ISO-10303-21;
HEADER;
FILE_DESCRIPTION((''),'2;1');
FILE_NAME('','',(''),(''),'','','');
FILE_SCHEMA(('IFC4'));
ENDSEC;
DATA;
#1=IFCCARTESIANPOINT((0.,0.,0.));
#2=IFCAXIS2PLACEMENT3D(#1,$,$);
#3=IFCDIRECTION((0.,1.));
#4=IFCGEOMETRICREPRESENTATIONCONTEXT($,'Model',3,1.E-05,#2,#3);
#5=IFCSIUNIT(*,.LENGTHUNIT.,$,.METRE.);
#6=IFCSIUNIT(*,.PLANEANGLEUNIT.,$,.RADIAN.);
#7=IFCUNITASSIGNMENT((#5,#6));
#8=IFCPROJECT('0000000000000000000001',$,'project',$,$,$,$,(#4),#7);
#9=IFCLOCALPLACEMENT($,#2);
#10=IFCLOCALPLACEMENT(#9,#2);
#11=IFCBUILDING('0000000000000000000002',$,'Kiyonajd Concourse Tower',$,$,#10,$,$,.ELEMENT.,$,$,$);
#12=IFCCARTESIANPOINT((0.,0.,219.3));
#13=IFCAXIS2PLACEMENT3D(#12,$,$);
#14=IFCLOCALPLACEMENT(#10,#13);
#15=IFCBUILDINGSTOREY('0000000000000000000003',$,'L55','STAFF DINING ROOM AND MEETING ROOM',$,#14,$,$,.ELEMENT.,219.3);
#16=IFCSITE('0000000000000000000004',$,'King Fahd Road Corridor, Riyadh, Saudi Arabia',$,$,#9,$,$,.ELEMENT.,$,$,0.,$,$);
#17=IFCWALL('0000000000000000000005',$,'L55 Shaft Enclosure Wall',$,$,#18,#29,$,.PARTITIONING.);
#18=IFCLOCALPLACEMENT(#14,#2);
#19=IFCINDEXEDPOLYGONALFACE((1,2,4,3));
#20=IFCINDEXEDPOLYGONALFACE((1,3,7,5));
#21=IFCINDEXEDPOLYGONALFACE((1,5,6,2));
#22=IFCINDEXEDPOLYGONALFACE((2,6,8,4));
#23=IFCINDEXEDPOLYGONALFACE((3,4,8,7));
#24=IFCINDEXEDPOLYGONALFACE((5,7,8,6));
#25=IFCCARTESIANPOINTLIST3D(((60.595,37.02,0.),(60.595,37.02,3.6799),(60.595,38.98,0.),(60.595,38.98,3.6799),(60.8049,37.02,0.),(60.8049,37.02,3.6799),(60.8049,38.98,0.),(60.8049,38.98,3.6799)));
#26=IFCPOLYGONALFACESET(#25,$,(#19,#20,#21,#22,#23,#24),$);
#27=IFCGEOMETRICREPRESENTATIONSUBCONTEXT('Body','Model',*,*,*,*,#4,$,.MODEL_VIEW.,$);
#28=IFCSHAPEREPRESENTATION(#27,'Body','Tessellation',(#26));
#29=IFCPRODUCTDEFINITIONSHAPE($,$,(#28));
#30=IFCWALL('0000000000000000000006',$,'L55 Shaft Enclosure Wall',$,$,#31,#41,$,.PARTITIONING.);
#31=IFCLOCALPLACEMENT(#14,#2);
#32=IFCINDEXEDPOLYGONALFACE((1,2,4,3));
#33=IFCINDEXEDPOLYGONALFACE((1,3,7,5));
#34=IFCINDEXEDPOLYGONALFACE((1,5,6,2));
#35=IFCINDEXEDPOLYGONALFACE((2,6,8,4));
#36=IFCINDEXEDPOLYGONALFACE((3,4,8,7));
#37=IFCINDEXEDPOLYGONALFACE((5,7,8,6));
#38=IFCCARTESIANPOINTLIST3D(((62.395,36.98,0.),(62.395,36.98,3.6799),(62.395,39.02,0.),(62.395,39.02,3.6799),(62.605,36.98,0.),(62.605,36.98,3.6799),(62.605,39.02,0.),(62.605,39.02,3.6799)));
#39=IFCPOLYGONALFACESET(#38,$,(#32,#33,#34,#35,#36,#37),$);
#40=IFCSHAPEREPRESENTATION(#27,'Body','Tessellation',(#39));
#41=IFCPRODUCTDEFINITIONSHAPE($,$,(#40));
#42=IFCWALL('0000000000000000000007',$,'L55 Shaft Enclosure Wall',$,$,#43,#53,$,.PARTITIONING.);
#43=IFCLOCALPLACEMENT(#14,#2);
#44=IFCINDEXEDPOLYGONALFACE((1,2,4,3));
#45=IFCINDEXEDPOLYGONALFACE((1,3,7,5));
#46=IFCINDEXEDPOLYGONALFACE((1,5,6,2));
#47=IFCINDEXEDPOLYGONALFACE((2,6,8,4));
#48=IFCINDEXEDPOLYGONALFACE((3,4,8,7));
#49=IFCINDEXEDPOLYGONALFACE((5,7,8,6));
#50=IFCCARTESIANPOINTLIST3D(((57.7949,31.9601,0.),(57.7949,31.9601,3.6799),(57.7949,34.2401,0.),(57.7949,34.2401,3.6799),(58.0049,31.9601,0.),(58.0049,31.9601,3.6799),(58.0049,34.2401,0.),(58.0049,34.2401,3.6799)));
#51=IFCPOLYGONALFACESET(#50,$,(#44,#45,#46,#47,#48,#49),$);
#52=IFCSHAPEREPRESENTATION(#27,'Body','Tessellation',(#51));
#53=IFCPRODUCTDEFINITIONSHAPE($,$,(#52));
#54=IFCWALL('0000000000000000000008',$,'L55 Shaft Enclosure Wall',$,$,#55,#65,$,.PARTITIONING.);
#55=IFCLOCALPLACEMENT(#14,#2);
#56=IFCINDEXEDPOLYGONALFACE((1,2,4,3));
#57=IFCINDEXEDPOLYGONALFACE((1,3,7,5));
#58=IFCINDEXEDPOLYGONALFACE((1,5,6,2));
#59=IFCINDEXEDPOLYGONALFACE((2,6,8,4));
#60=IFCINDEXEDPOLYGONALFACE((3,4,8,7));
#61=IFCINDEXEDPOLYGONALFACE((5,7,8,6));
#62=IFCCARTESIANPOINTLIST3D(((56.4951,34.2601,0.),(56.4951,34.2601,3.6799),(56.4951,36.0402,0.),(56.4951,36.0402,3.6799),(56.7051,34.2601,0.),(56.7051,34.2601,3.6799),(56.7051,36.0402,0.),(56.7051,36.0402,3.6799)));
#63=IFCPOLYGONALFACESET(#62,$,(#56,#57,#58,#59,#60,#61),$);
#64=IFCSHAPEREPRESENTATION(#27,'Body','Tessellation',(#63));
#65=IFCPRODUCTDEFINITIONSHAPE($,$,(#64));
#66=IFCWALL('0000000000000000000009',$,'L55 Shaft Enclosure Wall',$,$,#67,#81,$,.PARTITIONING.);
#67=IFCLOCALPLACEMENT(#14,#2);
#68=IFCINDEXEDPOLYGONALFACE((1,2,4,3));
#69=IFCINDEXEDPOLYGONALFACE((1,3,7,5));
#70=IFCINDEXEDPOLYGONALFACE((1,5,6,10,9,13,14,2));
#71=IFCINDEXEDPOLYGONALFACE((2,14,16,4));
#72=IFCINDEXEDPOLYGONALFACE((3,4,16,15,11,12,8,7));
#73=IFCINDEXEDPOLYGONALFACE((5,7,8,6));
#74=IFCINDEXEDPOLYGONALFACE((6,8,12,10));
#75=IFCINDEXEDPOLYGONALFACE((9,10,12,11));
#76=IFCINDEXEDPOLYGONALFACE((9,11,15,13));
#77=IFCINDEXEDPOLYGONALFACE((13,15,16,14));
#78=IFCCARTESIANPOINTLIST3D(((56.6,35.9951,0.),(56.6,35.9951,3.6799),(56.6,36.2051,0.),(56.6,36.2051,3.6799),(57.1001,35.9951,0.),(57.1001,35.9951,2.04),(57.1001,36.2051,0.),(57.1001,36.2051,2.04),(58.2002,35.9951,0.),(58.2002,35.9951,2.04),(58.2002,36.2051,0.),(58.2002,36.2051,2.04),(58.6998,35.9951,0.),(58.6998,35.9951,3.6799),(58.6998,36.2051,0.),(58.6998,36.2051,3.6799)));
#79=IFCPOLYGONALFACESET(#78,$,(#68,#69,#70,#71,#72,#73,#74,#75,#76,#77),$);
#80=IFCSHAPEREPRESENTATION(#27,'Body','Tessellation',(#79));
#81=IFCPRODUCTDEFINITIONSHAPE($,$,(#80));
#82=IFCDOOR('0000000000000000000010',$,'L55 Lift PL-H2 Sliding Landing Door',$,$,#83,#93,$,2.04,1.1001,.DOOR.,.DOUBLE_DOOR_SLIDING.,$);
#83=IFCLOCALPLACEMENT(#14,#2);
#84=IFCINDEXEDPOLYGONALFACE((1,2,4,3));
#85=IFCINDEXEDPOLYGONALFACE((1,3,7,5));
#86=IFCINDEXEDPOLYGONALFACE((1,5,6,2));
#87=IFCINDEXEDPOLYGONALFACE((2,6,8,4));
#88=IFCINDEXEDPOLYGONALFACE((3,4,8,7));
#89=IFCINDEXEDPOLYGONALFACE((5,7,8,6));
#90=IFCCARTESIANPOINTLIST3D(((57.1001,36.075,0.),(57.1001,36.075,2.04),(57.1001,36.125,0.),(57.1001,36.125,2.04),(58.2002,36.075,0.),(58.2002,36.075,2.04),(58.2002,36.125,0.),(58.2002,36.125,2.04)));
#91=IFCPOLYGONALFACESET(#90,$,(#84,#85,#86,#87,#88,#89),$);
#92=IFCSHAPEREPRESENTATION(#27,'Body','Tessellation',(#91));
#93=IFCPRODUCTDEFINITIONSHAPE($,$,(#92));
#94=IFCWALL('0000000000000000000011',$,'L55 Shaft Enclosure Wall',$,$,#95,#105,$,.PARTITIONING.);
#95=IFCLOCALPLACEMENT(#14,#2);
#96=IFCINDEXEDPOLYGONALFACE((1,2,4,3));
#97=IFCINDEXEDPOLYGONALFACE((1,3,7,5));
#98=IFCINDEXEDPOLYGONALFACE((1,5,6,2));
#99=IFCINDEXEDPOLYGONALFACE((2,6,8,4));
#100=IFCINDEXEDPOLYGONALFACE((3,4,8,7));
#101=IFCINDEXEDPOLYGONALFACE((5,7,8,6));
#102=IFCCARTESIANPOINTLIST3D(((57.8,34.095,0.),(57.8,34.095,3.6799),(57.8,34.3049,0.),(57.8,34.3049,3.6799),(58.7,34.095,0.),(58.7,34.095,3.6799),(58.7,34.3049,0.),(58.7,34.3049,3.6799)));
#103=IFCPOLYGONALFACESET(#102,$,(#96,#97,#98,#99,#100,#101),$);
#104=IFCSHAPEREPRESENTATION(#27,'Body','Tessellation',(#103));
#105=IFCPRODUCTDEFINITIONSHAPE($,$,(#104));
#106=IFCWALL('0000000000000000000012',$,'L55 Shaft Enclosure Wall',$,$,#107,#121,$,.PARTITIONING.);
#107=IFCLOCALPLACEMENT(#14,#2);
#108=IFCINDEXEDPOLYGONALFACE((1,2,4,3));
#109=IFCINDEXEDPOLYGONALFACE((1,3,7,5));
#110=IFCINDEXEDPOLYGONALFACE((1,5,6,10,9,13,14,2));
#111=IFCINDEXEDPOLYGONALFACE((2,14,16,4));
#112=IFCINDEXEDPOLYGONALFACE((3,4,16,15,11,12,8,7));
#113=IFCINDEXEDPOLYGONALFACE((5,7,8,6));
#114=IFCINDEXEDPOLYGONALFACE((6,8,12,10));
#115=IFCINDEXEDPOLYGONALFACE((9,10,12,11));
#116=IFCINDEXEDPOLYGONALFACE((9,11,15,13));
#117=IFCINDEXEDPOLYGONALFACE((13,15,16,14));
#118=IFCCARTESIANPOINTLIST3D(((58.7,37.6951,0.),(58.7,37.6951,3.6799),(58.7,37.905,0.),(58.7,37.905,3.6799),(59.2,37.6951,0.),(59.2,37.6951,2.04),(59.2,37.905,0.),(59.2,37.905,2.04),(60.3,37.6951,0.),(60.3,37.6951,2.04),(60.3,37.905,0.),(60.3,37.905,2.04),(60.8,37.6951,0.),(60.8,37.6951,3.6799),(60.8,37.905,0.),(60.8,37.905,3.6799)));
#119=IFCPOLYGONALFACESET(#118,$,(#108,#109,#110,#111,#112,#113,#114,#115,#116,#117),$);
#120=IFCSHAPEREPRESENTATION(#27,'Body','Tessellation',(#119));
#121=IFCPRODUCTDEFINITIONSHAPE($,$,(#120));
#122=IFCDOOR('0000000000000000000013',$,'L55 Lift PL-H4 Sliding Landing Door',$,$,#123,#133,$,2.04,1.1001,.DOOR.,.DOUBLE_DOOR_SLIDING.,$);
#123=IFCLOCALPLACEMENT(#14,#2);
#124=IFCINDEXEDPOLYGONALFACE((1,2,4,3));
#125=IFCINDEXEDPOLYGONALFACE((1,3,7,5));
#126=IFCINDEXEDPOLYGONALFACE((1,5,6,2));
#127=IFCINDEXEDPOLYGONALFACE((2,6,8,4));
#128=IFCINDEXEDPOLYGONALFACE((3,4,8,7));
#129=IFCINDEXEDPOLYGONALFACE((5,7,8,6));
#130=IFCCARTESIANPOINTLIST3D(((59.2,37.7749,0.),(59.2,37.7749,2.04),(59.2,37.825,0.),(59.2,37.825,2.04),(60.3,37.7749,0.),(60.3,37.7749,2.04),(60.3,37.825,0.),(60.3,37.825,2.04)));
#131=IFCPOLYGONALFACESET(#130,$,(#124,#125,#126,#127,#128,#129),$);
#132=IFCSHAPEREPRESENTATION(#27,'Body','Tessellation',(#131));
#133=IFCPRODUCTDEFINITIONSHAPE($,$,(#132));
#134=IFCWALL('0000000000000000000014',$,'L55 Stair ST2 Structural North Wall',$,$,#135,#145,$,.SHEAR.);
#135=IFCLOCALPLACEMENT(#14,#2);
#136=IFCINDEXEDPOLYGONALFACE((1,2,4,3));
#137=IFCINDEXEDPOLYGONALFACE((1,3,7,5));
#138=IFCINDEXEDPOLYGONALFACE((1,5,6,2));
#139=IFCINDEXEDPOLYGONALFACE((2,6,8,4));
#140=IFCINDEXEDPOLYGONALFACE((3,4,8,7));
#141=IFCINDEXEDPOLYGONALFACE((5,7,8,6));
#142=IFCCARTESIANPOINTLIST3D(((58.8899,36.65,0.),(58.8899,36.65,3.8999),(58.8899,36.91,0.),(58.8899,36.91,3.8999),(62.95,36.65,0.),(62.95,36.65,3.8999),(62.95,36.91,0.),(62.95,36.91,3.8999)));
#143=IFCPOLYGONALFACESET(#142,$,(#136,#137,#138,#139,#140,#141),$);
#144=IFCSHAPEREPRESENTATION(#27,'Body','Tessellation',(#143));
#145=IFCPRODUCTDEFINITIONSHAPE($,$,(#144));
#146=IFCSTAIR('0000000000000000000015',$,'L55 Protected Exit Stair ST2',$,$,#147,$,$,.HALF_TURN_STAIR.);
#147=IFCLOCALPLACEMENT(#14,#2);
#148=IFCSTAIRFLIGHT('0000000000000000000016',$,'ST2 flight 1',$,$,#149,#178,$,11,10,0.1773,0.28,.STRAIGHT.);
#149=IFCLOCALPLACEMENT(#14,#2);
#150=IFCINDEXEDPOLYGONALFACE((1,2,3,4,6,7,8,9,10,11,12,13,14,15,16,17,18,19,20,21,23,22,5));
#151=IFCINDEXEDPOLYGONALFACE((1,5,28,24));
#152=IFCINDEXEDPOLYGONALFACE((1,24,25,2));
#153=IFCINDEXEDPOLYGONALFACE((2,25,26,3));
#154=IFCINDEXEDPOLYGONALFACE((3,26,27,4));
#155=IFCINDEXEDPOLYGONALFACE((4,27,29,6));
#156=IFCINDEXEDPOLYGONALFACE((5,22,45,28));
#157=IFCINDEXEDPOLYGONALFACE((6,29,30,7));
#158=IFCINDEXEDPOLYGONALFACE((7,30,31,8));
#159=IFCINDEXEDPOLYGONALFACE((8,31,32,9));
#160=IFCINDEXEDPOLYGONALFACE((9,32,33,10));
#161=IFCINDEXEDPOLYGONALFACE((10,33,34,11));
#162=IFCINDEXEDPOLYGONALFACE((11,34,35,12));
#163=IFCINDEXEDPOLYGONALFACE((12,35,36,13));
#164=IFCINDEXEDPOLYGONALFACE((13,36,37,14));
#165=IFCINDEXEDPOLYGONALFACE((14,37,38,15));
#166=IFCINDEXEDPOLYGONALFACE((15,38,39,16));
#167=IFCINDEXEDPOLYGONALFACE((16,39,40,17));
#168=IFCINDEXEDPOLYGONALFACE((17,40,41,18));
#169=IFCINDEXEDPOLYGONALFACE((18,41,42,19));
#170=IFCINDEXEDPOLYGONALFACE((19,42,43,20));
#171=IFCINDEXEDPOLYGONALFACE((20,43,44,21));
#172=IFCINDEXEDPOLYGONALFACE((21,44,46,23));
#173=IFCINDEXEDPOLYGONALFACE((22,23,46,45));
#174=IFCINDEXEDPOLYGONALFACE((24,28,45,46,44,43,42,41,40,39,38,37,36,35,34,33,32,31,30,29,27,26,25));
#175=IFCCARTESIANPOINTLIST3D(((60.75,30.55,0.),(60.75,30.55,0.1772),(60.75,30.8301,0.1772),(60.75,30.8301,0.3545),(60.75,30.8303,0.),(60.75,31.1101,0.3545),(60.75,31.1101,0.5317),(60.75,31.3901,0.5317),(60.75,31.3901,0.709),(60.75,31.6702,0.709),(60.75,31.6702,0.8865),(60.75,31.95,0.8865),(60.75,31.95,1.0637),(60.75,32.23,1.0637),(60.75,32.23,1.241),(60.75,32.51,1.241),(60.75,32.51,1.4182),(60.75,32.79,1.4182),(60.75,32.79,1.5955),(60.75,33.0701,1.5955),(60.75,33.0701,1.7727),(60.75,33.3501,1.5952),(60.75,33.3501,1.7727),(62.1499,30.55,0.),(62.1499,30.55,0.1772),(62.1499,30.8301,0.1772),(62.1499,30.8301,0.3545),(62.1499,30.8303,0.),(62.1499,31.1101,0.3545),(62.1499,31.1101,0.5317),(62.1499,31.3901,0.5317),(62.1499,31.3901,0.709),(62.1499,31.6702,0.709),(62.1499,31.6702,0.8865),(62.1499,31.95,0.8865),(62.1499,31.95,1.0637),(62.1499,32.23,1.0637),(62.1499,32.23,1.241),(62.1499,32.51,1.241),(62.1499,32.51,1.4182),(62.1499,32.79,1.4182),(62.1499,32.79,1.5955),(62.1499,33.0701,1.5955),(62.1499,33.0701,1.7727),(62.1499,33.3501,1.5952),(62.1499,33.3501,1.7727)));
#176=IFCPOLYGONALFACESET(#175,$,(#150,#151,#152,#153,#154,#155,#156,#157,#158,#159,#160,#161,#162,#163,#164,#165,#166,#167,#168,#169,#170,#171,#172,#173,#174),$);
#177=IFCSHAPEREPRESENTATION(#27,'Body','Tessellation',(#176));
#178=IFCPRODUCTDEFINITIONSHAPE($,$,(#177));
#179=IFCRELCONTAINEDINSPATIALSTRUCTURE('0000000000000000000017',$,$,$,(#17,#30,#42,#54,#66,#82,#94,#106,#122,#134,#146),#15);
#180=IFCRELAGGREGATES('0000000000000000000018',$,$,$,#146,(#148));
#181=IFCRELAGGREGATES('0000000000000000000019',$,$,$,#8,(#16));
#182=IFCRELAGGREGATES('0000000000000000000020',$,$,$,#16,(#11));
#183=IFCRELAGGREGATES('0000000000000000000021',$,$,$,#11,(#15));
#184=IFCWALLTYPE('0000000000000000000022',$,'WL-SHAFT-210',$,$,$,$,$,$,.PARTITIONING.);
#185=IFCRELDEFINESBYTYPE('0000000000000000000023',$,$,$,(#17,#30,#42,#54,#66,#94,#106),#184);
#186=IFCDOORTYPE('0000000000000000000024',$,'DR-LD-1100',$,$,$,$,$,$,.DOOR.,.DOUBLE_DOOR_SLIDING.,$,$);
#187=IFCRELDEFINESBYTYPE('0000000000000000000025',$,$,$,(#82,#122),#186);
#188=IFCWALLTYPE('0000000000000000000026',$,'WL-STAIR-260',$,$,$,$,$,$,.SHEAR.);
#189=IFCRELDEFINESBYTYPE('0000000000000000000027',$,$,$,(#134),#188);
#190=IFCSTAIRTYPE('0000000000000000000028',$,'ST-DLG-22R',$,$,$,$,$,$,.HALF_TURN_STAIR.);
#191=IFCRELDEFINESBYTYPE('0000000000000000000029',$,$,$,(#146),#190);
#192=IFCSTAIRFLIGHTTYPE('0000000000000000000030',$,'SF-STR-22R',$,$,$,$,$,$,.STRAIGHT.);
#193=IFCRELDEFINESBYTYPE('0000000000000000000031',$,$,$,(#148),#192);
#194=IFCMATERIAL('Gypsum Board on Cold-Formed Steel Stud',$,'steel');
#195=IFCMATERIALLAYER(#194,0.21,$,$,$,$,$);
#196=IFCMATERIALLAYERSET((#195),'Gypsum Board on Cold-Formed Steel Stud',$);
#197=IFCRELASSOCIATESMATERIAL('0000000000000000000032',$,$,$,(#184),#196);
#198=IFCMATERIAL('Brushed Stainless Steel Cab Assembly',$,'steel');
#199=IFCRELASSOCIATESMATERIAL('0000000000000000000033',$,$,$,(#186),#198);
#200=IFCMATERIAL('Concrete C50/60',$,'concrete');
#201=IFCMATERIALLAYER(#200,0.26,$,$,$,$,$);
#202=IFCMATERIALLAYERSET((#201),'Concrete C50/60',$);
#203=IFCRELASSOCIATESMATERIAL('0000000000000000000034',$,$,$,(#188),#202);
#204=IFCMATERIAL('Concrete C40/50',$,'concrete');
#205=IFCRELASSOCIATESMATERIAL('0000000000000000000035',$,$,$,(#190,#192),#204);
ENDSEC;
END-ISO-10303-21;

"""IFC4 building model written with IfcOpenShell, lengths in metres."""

from ifc_helpers import new_model, si_unit, direction, frame, frame_2d, origin, place, context, subcontext, project, spatial, polyline, rectangle, outline, extrude, material, layer, layer_set, type_object, element, fill, aggregate, save


model = new_model("IFC4")

# Units and contexts
model_context = context("Model", 3, precision=1e-05, world=origin(), true_north=direction((0.0, 1.0)))
body_context = subcontext(model_context, "Body", "Model", "MODEL_VIEW")
ifc_project = project(units=[si_unit("LENGTHUNIT", "METRE"), si_unit("PLANEANGLEUNIT", "RADIAN")], contexts=[model_context])

# Site, building, storey
site_placement = place(None, origin())
site = spatial("IfcSite", under=ifc_project, at=site_placement, Name="King Fahd Road Corridor, Riyadh, Saudi Arabia", CompositionType="ELEMENT", RefElevation=0.0)
building_placement = place(site_placement, origin())
building = spatial("IfcBuilding", under=site, at=building_placement, Name="Kiyonajd Concourse Tower", CompositionType="ELEMENT")
storey_placement = place(building_placement, frame((0.0, 0.0, 219.3)))
storey = spatial("IfcBuildingStorey", under=building, at=storey_placement, Name="L55", Description="STAFF DINING ROOM AND MEETING ROOM", CompositionType="ELEMENT", Elevation=219.3)

# Shared definitions
ifc_material_1 = material(Name="Gypsum Board on Cold-Formed Steel Stud", Category="steel")

# Walls
ifc_layer_1 = layer(ifc_material_1, 0.21)
ifc_layer_set_1 = layer_set([ifc_layer_1], Name="Gypsum Board on Cold-Formed Steel Stud")
wall_type_1 = type_object("IfcWallType", Name="WL-SHAFT-210", PredefinedType="PARTITIONING", material=ifc_layer_set_1)
wall_1_placement = place(storey_placement, frame((60.7, 37.02, 0.0), z_axis=(0.0, 0.0, 1.0), x_axis=(0.0, 1.0, 0.0)))
element("IfcWall", 1, at=wall_1_placement, inside=storey, type_object=wall_type_1, Name="L55 Shaft Enclosure Wall", PredefinedType="PARTITIONING", context=body_context, shape_type="SweptSolid", body=[
    extrude(rectangle(XDim=1.96, YDim=0.21, at=frame_2d((0.98, 0.0))), origin(), (0.0, 0.0, 1.0), 3.6799),
])
wall_2_placement = place(storey_placement, frame((62.5, 36.98, 0.0), z_axis=(0.0, 0.0, 1.0), x_axis=(0.0, 1.0, 0.0)))
element("IfcWall", 2, at=wall_2_placement, inside=storey, type_object=wall_type_1, Name="L55 Shaft Enclosure Wall", PredefinedType="PARTITIONING", context=body_context, shape_type="SweptSolid", body=[
    extrude(rectangle(XDim=2.04, YDim=0.21, at=frame_2d((1.02, 0.0))), origin(), (0.0, 0.0, 1.0), 3.6799),
])
wall_3_placement = place(storey_placement, frame((57.8999, 31.96, 0.0), z_axis=(0.0, 0.0, 1.0), x_axis=(0.0, 1.0, 0.0)))
element("IfcWall", 3, at=wall_3_placement, inside=storey, type_object=wall_type_1, Name="L55 Shaft Enclosure Wall", PredefinedType="PARTITIONING", context=body_context, shape_type="SweptSolid", body=[
    extrude(rectangle(XDim=2.28, YDim=0.21, at=frame_2d((1.1401, 0.0))), origin(), (0.0, 0.0, 1.0), 3.6799),
])
wall_4_placement = place(storey_placement, frame((56.6001, 34.26, 0.0), z_axis=(0.0, 0.0, 1.0), x_axis=(0.0, 1.0, 0.0)))
element("IfcWall", 4, at=wall_4_placement, inside=storey, type_object=wall_type_1, Name="L55 Shaft Enclosure Wall", PredefinedType="PARTITIONING", context=body_context, shape_type="SweptSolid", body=[
    extrude(rectangle(XDim=1.78, YDim=0.21, at=frame_2d((0.8901, 0.0))), origin(), (0.0, 0.0, 1.0), 3.6799),
])

# Wall, opening, door
wall_5_placement = place(storey_placement, frame((56.6001, 36.1001, 0.0), z_axis=(0.0, 0.0, 1.0), x_axis=(1.0, 0.0, 0.0)))
wall_5 = element("IfcWall", 5, at=wall_5_placement, inside=storey, type_object=wall_type_1, Name="L55 Shaft Enclosure Wall", PredefinedType="PARTITIONING", context=body_context, shape_type="SweptSolid", body=[
    extrude(rectangle(XDim=2.0999, YDim=0.21, at=frame_2d((1.0498, 0.0))), origin(), (0.0, 0.0, 1.0), 3.6799),
])
opening_1_placement = place(wall_5_placement, frame((0.5, 0.0, 0.0)))
opening_1 = element("IfcOpeningElement", 6, at=opening_1_placement, cuts=wall_5, PredefinedType="OPENING", context=body_context, shape_type="SweptSolid", body=[
    extrude(rectangle(XDim=1.1001, YDim=2.04, at=frame_2d((0.55, 1.02))), frame((0.0, 0.115, 0.0), z_axis=(0.0, -1.0, 0.0), x_axis=(1.0, 0.0, 0.0)), (0.0, 0.0, 1.0), 0.23),
])
ifc_material_2 = material(Name="Brushed Stainless Steel Cab Assembly", Category="steel")
door_type_1 = type_object("IfcDoorType", Name="DR-LD-1100", OperationType="DOUBLE_DOOR_SLIDING", PredefinedType="DOOR", material=ifc_material_2)
door_1_placement = place(opening_1_placement, origin())
door_1 = element("IfcDoor", 7, at=door_1_placement, inside=storey, type_object=door_type_1, Name="L55 Lift PL-H2 Sliding Landing Door", OperationType="DOUBLE_DOOR_SLIDING", OverallHeight=2.04, OverallWidth=1.1001, PredefinedType="DOOR", context=body_context, shape_type="SweptSolid", body=[
    extrude(rectangle(XDim=1.1001, YDim=2.04, at=frame_2d((0.55, 1.02))), frame((0.0, 0.0249, 0.0), z_axis=(0.0, -1.0, 0.0), x_axis=(1.0, 0.0, 0.0)), (0.0, 0.0, 1.0), 0.05),
])
fill(opening_1, door_1)

# Wall
wall_6_placement = place(storey_placement, frame((57.8, 34.2, 0.0), z_axis=(0.0, 0.0, 1.0), x_axis=(1.0, 0.0, 0.0)))
element("IfcWall", 8, at=wall_6_placement, inside=storey, type_object=wall_type_1, Name="L55 Shaft Enclosure Wall", PredefinedType="PARTITIONING", context=body_context, shape_type="SweptSolid", body=[
    extrude(rectangle(XDim=0.8999, YDim=0.21, at=frame_2d((0.45, 0.0))), origin(), (0.0, 0.0, 1.0), 3.6799),
])

# Wall, opening, door
wall_7_placement = place(storey_placement, frame((58.7, 37.8, 0.0), z_axis=(0.0, 0.0, 1.0), x_axis=(1.0, 0.0, 0.0)))
wall_7 = element("IfcWall", 9, at=wall_7_placement, inside=storey, type_object=wall_type_1, Name="L55 Shaft Enclosure Wall", PredefinedType="PARTITIONING", context=body_context, shape_type="SweptSolid", body=[
    extrude(rectangle(XDim=2.1001, YDim=0.21, at=frame_2d((1.05, 0.0))), origin(), (0.0, 0.0, 1.0), 3.6799),
])
opening_2_placement = place(wall_7_placement, frame((0.5, 0.0, 0.0)))
opening_2 = element("IfcOpeningElement", 10, at=opening_2_placement, cuts=wall_7, PredefinedType="OPENING", context=body_context, shape_type="SweptSolid", body=[
    extrude(rectangle(XDim=1.1001, YDim=2.04, at=frame_2d((0.55, 1.02))), frame((0.0, 0.115, 0.0), z_axis=(0.0, -1.0, 0.0), x_axis=(1.0, 0.0, 0.0)), (0.0, 0.0, 1.0), 0.23),
])
door_2_placement = place(opening_2_placement, origin())
door_2 = element("IfcDoor", 11, at=door_2_placement, inside=storey, type_object=door_type_1, Name="L55 Lift PL-H4 Sliding Landing Door", OperationType="DOUBLE_DOOR_SLIDING", OverallHeight=2.04, OverallWidth=1.1001, PredefinedType="DOOR", context=body_context, shape_type="SweptSolid", body=[
    extrude(rectangle(XDim=1.1001, YDim=2.04, at=frame_2d((0.55, 1.02))), frame((0.0, 0.0249, 0.0), z_axis=(0.0, -1.0, 0.0), x_axis=(1.0, 0.0, 0.0)), (0.0, 0.0, 1.0), 0.05),
])
fill(opening_2, door_2)

# Wall
ifc_material_3 = material(Name="Concrete C50/60", Category="concrete")
ifc_layer_2 = layer(ifc_material_3, 0.26)
ifc_layer_set_2 = layer_set([ifc_layer_2], Name="Concrete C50/60")
wall_type_2 = type_object("IfcWallType", Name="WL-STAIR-260", PredefinedType="SHEAR", material=ifc_layer_set_2)
wall_8_placement = place(storey_placement, frame((58.8899, 36.78, 0.0), z_axis=(0.0, 0.0, 1.0), x_axis=(1.0, 0.0, 0.0)))
element("IfcWall", 12, at=wall_8_placement, inside=storey, type_object=wall_type_2, Name="L55 Stair ST2 Structural North Wall", PredefinedType="SHEAR", context=body_context, shape_type="SweptSolid", body=[
    extrude(rectangle(XDim=4.0601, YDim=0.26, at=frame_2d((2.03, 0.0))), origin(), (0.0, 0.0, 1.0), 3.8999),
])

# Stair, stair flight
ifc_material_4 = material(Name="Concrete C40/50", Category="concrete")
stair_type = type_object("IfcStairType", Name="ST-DLG-22R", PredefinedType="HALF_TURN_STAIR", material=ifc_material_4)
stair_placement = place(storey_placement, origin())
stair = element("IfcStair", 13, at=stair_placement, inside=storey, type_object=stair_type, Name="L55 Protected Exit Stair ST2", PredefinedType="HALF_TURN_STAIR")
stair_flight_type = type_object("IfcStairFlightType", Name="SF-STR-22R", PredefinedType="STRAIGHT", material=ifc_material_4)
stair_flight_1_placement = place(storey_placement, frame((61.45, 30.55, 0.0), z_axis=(0.0, 0.0, 1.0), x_axis=(0.0, 1.0, 0.0)))
stair_flight_1 = element("IfcStairFlight", 14, at=stair_flight_1_placement, type_object=stair_flight_type, Name="ST2 flight 1", NumberOfRisers=11, NumberOfTreads=10, PredefinedType="STRAIGHT", RiserHeight=0.1773, TreadLength=0.28, context=body_context, shape_type="SweptSolid", body=[
    extrude(outline(polyline([(0.0, 0.0), (0.0, 0.1772), (0.28, 0.1772), (0.28, 0.3545), (0.5601, 0.3545), (0.5601, 0.5317), (0.8401, 0.5317), (0.8401, 0.709), (1.1201, 0.709), (1.1201, 0.8865), (1.3999, 0.8865), (1.3999, 1.0637), (1.6799, 1.0637), (1.6799, 1.241), (1.96, 1.241), (1.96, 1.4182), (2.24, 1.4182), (2.24, 1.5955), (2.52, 1.5955), (2.52, 1.7727), (2.8, 1.7727), (2.8, 1.95), (2.8, 1.5952), (0.2803, 0.0), (0.0, 0.0)])), frame((0.0, 0.7, 0.0), z_axis=(0.0, -1.0, 0.0), x_axis=(1.0, 0.0, 0.0)), (0.0, 0.0, 1.0), 1.3999),
])
aggregate(stair, [stair_flight_1])

save(model, "model.ifc")
